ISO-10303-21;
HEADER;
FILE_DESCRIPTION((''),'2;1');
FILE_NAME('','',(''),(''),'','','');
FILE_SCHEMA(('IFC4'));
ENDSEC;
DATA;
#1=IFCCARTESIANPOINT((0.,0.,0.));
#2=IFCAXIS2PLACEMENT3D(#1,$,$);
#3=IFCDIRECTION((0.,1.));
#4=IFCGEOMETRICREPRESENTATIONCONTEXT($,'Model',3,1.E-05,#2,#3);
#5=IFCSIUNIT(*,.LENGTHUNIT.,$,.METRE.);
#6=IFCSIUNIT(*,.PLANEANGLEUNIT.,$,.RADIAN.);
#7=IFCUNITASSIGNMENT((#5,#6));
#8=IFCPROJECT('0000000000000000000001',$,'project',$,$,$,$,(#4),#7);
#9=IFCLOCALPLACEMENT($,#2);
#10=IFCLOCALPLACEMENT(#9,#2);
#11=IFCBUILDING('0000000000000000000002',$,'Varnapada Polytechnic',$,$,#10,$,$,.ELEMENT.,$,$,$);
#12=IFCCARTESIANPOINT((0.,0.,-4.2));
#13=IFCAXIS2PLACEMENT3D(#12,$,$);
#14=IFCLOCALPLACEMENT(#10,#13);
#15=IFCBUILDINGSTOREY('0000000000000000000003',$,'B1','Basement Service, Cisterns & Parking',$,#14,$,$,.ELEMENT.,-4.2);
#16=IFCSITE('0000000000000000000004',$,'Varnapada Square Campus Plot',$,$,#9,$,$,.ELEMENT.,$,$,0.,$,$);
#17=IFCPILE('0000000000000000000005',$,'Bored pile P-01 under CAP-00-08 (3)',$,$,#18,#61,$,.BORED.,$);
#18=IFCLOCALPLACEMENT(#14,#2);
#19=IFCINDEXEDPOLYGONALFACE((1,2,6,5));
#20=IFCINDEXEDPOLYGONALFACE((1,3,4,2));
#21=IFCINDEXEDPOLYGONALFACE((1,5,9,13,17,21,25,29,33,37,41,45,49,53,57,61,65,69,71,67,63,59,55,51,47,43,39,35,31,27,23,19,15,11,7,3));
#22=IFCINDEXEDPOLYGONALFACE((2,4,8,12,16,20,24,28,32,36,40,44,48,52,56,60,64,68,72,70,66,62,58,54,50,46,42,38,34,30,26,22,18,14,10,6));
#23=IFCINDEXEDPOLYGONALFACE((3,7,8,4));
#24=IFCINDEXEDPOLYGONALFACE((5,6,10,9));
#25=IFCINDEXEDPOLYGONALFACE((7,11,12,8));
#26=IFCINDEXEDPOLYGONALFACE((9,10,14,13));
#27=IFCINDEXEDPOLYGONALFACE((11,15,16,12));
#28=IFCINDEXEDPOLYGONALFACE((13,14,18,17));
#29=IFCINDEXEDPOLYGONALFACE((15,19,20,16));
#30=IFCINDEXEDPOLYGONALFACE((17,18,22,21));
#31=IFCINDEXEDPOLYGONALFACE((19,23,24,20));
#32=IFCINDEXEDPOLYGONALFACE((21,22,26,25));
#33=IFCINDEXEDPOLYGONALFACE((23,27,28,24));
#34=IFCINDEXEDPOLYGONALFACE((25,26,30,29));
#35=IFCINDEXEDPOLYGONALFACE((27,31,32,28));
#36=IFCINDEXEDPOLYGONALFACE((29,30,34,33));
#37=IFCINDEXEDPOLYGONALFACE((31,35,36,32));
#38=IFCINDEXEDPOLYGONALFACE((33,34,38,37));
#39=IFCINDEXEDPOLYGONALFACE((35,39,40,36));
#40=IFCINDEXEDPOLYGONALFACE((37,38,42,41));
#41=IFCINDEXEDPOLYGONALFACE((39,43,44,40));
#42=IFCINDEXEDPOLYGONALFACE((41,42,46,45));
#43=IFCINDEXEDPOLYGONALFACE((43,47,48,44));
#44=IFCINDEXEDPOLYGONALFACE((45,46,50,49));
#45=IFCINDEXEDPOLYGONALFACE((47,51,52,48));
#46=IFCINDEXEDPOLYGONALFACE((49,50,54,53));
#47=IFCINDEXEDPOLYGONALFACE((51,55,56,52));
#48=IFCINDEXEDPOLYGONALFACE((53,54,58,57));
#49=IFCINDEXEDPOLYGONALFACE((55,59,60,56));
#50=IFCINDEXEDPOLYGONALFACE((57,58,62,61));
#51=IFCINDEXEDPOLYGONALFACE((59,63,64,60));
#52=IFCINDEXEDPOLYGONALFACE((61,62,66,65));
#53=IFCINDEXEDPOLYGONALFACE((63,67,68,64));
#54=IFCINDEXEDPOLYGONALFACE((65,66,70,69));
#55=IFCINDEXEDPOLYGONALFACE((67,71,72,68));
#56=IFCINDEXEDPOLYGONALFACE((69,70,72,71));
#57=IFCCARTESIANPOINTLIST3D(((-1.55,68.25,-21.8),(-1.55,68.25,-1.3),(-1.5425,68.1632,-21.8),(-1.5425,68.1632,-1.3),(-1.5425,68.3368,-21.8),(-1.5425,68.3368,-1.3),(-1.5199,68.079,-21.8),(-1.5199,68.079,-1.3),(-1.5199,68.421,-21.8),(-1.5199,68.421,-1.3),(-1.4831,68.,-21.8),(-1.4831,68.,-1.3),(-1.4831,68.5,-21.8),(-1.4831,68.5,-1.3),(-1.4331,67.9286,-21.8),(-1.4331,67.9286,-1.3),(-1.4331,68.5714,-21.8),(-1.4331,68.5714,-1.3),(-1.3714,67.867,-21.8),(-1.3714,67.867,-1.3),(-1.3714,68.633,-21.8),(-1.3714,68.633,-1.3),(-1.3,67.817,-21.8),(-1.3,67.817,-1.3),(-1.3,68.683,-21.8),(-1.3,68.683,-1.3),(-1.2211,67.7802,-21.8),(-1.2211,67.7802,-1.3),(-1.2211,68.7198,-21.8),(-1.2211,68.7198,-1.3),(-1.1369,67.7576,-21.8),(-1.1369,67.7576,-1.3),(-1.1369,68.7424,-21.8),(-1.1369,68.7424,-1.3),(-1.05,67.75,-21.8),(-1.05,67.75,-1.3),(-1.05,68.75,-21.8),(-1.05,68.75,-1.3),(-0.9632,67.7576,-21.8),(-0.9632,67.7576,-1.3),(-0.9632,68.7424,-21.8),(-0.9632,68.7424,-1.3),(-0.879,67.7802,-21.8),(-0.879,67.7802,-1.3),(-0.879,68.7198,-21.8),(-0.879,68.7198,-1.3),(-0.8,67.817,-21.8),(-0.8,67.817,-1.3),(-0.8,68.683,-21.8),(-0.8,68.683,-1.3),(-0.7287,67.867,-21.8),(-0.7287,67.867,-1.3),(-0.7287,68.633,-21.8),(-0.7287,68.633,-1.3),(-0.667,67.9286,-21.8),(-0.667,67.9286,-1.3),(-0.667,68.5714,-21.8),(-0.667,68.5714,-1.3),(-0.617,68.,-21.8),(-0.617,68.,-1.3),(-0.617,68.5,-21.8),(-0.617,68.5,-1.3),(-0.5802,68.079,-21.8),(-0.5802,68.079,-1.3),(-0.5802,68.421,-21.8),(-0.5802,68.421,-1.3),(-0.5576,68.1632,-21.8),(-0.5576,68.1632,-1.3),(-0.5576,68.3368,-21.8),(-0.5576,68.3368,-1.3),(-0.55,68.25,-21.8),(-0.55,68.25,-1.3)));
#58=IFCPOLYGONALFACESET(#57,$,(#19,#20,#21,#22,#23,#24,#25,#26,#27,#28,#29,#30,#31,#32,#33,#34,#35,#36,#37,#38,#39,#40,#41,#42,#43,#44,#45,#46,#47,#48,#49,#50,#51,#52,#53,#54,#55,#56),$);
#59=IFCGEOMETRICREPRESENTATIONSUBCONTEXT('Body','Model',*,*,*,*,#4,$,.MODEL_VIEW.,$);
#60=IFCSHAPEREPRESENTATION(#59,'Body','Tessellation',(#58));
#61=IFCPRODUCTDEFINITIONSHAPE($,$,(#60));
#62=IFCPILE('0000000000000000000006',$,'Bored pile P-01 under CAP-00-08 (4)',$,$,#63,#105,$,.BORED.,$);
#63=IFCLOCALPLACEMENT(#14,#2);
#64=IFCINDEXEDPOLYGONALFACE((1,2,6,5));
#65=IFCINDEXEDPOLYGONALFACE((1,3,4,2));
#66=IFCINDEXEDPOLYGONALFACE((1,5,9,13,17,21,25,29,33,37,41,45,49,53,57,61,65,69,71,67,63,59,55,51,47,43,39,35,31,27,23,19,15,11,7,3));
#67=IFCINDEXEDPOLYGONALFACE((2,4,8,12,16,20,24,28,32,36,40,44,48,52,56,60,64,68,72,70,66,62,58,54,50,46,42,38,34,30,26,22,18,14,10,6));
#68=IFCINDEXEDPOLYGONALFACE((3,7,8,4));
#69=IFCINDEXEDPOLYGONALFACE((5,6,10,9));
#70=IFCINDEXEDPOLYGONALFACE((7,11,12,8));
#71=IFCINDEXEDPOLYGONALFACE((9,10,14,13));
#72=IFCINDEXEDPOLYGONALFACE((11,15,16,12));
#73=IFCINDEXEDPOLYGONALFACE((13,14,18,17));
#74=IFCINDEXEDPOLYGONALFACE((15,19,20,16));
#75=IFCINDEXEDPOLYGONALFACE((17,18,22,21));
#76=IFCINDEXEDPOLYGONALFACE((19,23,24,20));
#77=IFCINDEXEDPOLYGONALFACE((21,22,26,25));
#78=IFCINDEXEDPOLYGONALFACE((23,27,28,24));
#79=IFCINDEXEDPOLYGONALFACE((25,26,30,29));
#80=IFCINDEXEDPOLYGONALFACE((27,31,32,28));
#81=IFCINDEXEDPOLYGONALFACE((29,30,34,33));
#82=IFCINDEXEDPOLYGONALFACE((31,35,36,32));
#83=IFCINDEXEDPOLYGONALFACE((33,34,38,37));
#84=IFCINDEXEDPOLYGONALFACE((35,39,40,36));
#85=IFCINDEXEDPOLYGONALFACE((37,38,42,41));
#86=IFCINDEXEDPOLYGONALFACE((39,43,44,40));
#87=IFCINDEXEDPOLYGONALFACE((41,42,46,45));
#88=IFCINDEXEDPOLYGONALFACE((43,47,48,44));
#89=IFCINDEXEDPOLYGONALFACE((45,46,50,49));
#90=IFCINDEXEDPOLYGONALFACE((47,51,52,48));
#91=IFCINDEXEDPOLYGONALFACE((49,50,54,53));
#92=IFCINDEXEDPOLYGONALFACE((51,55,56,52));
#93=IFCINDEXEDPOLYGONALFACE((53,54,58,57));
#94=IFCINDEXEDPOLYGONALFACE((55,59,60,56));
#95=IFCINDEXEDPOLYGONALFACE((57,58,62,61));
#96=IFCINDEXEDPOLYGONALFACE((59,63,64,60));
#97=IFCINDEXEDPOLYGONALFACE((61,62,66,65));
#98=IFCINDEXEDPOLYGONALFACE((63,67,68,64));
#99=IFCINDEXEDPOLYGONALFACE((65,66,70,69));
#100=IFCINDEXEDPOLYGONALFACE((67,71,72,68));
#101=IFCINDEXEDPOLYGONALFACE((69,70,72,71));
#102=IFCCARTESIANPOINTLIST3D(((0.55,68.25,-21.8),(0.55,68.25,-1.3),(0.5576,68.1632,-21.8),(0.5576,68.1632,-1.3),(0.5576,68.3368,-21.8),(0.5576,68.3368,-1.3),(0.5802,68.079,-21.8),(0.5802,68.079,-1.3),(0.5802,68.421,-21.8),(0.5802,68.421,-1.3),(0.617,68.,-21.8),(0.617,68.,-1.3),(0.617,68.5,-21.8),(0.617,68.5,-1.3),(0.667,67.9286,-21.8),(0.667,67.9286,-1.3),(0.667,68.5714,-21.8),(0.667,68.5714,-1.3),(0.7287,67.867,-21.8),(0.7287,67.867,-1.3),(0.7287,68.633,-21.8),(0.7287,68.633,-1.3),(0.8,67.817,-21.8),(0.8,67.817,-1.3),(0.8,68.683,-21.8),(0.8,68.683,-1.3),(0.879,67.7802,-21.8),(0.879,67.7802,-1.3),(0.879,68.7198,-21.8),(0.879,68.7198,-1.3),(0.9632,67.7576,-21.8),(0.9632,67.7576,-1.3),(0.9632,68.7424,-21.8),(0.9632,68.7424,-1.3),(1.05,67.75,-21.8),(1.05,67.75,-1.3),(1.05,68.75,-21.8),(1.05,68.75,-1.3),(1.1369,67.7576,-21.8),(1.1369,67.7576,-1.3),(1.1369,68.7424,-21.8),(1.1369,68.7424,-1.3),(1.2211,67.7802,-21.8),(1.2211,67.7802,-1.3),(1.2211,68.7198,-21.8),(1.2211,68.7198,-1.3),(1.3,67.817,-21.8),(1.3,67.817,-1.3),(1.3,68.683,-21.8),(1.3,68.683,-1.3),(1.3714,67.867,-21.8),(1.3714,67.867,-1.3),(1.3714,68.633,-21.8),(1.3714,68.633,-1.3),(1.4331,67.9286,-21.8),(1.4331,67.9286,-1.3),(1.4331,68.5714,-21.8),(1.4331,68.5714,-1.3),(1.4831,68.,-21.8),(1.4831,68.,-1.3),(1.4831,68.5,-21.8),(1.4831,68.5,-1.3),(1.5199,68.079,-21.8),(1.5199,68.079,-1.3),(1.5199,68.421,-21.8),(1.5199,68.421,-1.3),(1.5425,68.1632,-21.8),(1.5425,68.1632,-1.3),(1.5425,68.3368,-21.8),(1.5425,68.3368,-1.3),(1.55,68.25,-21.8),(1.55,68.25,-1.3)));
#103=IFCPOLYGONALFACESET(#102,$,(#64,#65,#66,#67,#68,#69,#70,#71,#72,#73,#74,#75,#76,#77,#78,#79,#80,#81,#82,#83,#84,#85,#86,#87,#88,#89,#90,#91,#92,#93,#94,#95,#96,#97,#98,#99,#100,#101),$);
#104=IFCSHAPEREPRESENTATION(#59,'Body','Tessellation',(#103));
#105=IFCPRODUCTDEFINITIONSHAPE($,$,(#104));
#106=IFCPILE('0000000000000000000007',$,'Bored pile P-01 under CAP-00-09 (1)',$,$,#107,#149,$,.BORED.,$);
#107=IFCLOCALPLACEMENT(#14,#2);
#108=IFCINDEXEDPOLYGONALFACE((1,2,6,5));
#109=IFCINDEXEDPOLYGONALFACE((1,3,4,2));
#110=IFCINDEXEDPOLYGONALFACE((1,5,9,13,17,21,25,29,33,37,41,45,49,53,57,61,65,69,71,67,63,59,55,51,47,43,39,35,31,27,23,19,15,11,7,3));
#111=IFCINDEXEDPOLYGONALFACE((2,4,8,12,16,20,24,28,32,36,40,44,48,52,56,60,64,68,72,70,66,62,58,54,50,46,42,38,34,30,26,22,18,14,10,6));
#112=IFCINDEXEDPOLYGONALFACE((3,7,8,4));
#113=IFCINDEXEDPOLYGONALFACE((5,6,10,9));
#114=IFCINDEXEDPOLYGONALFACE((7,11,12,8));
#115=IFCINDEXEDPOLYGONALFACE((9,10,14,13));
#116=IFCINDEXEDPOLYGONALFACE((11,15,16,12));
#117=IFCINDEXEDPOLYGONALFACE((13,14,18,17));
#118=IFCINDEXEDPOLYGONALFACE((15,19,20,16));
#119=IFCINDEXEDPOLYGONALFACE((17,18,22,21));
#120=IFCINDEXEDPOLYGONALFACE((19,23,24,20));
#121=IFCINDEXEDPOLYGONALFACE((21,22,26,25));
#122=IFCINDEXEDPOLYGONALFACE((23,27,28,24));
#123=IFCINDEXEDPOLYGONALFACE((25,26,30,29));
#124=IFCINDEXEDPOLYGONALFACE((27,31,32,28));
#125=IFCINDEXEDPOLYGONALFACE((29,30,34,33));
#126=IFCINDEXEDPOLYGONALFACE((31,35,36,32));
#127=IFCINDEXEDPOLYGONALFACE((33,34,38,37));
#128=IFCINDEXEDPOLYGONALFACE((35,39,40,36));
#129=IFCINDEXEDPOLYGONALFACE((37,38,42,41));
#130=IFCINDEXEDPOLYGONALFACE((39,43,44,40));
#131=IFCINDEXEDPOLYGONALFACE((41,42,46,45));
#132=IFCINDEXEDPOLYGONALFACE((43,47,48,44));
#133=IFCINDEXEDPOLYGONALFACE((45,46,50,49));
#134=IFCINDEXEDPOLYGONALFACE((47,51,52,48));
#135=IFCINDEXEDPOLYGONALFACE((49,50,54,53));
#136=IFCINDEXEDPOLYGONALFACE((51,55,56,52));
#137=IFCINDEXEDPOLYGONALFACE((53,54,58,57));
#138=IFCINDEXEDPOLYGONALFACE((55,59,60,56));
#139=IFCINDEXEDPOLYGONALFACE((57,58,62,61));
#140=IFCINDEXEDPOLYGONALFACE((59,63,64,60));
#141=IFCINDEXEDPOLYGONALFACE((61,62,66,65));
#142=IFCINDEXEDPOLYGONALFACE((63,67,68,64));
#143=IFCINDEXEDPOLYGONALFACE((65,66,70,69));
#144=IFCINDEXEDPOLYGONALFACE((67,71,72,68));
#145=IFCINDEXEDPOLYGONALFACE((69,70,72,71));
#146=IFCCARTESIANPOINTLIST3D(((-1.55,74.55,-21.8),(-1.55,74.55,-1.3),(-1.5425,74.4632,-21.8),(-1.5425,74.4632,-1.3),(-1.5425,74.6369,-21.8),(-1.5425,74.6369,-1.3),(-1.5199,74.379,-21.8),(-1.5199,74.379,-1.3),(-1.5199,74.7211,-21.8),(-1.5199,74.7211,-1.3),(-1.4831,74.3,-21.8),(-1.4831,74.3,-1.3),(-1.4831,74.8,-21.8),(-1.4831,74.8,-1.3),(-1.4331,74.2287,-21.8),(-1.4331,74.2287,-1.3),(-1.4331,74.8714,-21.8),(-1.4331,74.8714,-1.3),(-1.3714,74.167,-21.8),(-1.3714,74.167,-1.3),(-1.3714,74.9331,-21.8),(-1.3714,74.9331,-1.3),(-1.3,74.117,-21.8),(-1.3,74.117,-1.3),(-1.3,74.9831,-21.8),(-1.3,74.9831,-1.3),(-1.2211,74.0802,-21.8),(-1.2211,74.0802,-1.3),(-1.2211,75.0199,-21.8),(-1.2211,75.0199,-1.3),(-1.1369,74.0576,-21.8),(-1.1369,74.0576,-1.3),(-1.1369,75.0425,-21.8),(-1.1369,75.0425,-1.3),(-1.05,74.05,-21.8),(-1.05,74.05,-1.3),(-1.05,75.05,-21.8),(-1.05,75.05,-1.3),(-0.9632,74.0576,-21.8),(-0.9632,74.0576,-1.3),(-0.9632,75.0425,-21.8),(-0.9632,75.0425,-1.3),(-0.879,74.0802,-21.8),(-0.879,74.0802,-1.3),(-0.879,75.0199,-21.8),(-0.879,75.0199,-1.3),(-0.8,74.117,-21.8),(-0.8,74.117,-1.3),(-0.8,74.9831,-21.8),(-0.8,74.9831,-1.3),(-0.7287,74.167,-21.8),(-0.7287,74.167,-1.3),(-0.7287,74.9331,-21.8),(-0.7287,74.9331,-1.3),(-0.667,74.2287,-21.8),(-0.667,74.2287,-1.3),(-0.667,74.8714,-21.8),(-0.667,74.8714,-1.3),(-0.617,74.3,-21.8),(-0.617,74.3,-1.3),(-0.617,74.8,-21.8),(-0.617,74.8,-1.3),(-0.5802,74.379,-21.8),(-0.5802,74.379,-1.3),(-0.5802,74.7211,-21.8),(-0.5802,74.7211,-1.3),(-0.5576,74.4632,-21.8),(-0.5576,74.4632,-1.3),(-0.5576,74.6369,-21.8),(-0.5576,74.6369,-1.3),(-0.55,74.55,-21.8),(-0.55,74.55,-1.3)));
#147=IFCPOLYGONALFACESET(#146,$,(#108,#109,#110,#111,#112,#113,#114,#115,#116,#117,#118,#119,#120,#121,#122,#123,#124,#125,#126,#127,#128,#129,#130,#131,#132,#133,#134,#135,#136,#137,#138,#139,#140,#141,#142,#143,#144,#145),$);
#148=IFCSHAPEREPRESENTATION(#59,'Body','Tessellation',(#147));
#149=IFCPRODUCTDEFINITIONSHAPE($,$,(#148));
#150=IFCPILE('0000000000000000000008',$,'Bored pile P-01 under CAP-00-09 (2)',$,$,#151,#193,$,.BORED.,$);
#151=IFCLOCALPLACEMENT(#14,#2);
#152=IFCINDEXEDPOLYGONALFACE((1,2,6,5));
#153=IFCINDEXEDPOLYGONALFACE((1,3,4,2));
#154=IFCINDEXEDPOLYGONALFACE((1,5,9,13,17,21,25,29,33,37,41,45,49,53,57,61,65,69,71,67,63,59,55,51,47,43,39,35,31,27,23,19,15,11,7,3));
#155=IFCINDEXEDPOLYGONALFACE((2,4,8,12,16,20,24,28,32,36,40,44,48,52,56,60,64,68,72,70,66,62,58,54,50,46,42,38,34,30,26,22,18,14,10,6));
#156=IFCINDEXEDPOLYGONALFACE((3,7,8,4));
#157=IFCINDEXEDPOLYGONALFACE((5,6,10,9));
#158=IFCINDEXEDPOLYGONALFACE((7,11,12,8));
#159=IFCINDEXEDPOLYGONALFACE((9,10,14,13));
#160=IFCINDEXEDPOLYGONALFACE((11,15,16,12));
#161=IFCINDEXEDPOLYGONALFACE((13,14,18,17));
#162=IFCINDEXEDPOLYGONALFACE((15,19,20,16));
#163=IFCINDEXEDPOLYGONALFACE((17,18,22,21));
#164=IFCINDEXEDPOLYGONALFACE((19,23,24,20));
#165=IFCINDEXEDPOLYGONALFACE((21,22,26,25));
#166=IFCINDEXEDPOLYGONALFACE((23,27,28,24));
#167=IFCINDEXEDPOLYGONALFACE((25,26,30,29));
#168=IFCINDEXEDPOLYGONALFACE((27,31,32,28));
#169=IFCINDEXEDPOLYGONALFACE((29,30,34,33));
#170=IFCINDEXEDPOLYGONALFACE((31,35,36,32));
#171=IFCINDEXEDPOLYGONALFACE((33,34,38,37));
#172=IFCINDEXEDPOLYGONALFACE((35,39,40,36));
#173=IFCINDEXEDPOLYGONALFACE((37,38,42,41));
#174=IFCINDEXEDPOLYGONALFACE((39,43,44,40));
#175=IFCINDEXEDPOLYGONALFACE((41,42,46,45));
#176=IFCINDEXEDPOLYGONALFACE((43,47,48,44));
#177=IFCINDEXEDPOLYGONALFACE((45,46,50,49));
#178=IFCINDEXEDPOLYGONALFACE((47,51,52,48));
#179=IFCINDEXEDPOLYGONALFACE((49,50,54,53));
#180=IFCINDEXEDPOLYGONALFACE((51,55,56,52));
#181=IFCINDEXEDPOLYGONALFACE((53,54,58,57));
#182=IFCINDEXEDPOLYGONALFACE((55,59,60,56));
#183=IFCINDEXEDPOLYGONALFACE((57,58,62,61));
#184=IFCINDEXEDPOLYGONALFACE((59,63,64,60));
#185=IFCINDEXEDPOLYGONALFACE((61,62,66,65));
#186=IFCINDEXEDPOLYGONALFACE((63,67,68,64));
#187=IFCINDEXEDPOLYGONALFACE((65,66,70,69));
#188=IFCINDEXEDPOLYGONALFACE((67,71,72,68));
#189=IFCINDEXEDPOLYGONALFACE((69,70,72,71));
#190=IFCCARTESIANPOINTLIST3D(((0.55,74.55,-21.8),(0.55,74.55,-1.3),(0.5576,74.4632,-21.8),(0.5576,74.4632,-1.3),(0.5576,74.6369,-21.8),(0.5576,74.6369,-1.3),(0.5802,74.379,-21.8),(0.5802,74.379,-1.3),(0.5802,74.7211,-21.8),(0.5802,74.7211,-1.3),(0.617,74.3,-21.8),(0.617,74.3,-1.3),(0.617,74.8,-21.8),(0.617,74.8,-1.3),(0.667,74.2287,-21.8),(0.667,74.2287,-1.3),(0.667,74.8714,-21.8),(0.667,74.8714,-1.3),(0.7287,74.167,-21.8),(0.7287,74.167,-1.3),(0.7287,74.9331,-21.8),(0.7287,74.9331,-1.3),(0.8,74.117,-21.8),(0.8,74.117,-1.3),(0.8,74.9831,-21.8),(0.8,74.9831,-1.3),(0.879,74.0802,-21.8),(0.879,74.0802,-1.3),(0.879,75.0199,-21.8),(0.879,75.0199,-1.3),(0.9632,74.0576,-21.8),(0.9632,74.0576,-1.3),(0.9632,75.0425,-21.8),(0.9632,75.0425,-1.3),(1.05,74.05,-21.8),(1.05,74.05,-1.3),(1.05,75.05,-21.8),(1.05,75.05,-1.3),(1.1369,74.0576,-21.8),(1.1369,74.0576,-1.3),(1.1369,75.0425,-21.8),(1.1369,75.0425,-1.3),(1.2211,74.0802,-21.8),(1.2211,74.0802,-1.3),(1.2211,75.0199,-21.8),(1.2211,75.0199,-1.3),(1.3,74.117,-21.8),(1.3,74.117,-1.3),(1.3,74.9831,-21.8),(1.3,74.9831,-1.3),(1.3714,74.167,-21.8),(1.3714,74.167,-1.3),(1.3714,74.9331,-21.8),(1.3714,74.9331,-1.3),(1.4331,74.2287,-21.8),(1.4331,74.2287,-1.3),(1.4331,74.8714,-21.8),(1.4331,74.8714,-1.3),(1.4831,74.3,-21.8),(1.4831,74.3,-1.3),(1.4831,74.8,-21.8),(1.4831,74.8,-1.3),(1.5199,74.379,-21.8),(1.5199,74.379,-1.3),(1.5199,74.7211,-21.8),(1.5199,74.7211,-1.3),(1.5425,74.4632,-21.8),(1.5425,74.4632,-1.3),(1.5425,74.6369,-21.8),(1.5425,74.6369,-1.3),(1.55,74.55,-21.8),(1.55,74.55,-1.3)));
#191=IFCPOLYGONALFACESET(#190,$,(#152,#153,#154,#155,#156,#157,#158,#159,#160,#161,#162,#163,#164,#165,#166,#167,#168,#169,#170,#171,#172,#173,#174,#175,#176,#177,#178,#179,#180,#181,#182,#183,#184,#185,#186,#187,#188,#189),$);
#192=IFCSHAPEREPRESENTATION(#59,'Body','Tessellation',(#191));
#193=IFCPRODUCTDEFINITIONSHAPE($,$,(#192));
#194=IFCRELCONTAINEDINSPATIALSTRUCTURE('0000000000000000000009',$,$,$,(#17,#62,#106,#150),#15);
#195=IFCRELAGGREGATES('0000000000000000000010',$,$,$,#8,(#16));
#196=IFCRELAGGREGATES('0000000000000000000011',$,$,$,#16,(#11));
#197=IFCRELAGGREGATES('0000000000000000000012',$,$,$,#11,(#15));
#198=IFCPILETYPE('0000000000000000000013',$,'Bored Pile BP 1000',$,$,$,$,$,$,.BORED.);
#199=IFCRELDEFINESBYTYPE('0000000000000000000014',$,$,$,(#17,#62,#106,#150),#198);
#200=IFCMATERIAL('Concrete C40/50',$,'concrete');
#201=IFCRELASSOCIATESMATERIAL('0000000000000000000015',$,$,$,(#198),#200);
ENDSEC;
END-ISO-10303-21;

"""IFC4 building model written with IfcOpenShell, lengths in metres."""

from ifc_helpers import new_model, si_unit, direction, frame, origin, origin_2d, place, context, subcontext, project, spatial, circle, extrude, material, material_profile, profile_set, type_object, element, save


model = new_model("IFC4")

# Units and contexts
model_context = context("Model", 3, precision=1e-05, world=origin(), true_north=direction((0.0, 1.0)))
body_context = subcontext(model_context, "Body", "Model", "MODEL_VIEW")
ifc_project = project(units=[si_unit("LENGTHUNIT", "METRE"), si_unit("PLANEANGLEUNIT", "RADIAN")], contexts=[model_context])

# Site, building, storey
site_placement = place(None, origin())
site = spatial("IfcSite", under=ifc_project, at=site_placement, Name="Varnapada Square Campus Plot", CompositionType="ELEMENT", RefElevation=0.0)
building_placement = place(site_placement, origin())
building = spatial("IfcBuilding", under=site, at=building_placement, Name="Varnapada Polytechnic", CompositionType="ELEMENT")
storey_placement = place(building_placement, frame((0.0, 0.0, -4.2)))
storey = spatial("IfcBuildingStorey", under=building, at=storey_placement, Name="B1", Description="Basement Service, Cisterns & Parking", CompositionType="ELEMENT", Elevation=-4.2)

# Piles
ifc_material_1 = material(Name="Concrete C40/50", Category="concrete")
ifc_material_profile_1 = material_profile(ifc_material_1, circle(Radius=0.5, at=origin_2d()), Name="BP 1000")
ifc_profile_set_1 = profile_set([ifc_material_profile_1], Name="Concrete C40/50")
pile_type_1 = type_object("IfcPileType", Name="Bored Pile BP 1000", PredefinedType="BORED", material=ifc_profile_set_1)
for number, where, z_axis, x_axis, name in (
    (1, (-1.05, 68.25, -1.3), (0.0, 0.0, -1.0), (1.0, 0.0, 0.0), "Bored pile P-01 under CAP-00-08 (3)"),
    (2, (1.05, 68.25, -1.3), (0.0, 0.0, -1.0), (1.0, 0.0, 0.0), "Bored pile P-01 under CAP-00-08 (4)"),
    (3, (-1.05, 74.55, -1.3), (0.0, 0.0, -1.0), (1.0, 0.0, 0.0), "Bored pile P-01 under CAP-00-09 (1)"),
    (4, (1.05, 74.55, -1.3), (0.0, 0.0, -1.0), (1.0, 0.0, 0.0), "Bored pile P-01 under CAP-00-09 (2)"),
):
    element("IfcPile", number, at=place(storey_placement, frame(where, z_axis=z_axis, x_axis=x_axis)), inside=storey, type_object=pile_type_1, Name=name, PredefinedType="BORED", context=body_context, shape_type="SweptSolid", body=[
        extrude(circle(Radius=0.5, at=origin_2d()), origin(), (0.0, 0.0, 1.0), 20.5),
    ])

save(model, "model.ifc")
